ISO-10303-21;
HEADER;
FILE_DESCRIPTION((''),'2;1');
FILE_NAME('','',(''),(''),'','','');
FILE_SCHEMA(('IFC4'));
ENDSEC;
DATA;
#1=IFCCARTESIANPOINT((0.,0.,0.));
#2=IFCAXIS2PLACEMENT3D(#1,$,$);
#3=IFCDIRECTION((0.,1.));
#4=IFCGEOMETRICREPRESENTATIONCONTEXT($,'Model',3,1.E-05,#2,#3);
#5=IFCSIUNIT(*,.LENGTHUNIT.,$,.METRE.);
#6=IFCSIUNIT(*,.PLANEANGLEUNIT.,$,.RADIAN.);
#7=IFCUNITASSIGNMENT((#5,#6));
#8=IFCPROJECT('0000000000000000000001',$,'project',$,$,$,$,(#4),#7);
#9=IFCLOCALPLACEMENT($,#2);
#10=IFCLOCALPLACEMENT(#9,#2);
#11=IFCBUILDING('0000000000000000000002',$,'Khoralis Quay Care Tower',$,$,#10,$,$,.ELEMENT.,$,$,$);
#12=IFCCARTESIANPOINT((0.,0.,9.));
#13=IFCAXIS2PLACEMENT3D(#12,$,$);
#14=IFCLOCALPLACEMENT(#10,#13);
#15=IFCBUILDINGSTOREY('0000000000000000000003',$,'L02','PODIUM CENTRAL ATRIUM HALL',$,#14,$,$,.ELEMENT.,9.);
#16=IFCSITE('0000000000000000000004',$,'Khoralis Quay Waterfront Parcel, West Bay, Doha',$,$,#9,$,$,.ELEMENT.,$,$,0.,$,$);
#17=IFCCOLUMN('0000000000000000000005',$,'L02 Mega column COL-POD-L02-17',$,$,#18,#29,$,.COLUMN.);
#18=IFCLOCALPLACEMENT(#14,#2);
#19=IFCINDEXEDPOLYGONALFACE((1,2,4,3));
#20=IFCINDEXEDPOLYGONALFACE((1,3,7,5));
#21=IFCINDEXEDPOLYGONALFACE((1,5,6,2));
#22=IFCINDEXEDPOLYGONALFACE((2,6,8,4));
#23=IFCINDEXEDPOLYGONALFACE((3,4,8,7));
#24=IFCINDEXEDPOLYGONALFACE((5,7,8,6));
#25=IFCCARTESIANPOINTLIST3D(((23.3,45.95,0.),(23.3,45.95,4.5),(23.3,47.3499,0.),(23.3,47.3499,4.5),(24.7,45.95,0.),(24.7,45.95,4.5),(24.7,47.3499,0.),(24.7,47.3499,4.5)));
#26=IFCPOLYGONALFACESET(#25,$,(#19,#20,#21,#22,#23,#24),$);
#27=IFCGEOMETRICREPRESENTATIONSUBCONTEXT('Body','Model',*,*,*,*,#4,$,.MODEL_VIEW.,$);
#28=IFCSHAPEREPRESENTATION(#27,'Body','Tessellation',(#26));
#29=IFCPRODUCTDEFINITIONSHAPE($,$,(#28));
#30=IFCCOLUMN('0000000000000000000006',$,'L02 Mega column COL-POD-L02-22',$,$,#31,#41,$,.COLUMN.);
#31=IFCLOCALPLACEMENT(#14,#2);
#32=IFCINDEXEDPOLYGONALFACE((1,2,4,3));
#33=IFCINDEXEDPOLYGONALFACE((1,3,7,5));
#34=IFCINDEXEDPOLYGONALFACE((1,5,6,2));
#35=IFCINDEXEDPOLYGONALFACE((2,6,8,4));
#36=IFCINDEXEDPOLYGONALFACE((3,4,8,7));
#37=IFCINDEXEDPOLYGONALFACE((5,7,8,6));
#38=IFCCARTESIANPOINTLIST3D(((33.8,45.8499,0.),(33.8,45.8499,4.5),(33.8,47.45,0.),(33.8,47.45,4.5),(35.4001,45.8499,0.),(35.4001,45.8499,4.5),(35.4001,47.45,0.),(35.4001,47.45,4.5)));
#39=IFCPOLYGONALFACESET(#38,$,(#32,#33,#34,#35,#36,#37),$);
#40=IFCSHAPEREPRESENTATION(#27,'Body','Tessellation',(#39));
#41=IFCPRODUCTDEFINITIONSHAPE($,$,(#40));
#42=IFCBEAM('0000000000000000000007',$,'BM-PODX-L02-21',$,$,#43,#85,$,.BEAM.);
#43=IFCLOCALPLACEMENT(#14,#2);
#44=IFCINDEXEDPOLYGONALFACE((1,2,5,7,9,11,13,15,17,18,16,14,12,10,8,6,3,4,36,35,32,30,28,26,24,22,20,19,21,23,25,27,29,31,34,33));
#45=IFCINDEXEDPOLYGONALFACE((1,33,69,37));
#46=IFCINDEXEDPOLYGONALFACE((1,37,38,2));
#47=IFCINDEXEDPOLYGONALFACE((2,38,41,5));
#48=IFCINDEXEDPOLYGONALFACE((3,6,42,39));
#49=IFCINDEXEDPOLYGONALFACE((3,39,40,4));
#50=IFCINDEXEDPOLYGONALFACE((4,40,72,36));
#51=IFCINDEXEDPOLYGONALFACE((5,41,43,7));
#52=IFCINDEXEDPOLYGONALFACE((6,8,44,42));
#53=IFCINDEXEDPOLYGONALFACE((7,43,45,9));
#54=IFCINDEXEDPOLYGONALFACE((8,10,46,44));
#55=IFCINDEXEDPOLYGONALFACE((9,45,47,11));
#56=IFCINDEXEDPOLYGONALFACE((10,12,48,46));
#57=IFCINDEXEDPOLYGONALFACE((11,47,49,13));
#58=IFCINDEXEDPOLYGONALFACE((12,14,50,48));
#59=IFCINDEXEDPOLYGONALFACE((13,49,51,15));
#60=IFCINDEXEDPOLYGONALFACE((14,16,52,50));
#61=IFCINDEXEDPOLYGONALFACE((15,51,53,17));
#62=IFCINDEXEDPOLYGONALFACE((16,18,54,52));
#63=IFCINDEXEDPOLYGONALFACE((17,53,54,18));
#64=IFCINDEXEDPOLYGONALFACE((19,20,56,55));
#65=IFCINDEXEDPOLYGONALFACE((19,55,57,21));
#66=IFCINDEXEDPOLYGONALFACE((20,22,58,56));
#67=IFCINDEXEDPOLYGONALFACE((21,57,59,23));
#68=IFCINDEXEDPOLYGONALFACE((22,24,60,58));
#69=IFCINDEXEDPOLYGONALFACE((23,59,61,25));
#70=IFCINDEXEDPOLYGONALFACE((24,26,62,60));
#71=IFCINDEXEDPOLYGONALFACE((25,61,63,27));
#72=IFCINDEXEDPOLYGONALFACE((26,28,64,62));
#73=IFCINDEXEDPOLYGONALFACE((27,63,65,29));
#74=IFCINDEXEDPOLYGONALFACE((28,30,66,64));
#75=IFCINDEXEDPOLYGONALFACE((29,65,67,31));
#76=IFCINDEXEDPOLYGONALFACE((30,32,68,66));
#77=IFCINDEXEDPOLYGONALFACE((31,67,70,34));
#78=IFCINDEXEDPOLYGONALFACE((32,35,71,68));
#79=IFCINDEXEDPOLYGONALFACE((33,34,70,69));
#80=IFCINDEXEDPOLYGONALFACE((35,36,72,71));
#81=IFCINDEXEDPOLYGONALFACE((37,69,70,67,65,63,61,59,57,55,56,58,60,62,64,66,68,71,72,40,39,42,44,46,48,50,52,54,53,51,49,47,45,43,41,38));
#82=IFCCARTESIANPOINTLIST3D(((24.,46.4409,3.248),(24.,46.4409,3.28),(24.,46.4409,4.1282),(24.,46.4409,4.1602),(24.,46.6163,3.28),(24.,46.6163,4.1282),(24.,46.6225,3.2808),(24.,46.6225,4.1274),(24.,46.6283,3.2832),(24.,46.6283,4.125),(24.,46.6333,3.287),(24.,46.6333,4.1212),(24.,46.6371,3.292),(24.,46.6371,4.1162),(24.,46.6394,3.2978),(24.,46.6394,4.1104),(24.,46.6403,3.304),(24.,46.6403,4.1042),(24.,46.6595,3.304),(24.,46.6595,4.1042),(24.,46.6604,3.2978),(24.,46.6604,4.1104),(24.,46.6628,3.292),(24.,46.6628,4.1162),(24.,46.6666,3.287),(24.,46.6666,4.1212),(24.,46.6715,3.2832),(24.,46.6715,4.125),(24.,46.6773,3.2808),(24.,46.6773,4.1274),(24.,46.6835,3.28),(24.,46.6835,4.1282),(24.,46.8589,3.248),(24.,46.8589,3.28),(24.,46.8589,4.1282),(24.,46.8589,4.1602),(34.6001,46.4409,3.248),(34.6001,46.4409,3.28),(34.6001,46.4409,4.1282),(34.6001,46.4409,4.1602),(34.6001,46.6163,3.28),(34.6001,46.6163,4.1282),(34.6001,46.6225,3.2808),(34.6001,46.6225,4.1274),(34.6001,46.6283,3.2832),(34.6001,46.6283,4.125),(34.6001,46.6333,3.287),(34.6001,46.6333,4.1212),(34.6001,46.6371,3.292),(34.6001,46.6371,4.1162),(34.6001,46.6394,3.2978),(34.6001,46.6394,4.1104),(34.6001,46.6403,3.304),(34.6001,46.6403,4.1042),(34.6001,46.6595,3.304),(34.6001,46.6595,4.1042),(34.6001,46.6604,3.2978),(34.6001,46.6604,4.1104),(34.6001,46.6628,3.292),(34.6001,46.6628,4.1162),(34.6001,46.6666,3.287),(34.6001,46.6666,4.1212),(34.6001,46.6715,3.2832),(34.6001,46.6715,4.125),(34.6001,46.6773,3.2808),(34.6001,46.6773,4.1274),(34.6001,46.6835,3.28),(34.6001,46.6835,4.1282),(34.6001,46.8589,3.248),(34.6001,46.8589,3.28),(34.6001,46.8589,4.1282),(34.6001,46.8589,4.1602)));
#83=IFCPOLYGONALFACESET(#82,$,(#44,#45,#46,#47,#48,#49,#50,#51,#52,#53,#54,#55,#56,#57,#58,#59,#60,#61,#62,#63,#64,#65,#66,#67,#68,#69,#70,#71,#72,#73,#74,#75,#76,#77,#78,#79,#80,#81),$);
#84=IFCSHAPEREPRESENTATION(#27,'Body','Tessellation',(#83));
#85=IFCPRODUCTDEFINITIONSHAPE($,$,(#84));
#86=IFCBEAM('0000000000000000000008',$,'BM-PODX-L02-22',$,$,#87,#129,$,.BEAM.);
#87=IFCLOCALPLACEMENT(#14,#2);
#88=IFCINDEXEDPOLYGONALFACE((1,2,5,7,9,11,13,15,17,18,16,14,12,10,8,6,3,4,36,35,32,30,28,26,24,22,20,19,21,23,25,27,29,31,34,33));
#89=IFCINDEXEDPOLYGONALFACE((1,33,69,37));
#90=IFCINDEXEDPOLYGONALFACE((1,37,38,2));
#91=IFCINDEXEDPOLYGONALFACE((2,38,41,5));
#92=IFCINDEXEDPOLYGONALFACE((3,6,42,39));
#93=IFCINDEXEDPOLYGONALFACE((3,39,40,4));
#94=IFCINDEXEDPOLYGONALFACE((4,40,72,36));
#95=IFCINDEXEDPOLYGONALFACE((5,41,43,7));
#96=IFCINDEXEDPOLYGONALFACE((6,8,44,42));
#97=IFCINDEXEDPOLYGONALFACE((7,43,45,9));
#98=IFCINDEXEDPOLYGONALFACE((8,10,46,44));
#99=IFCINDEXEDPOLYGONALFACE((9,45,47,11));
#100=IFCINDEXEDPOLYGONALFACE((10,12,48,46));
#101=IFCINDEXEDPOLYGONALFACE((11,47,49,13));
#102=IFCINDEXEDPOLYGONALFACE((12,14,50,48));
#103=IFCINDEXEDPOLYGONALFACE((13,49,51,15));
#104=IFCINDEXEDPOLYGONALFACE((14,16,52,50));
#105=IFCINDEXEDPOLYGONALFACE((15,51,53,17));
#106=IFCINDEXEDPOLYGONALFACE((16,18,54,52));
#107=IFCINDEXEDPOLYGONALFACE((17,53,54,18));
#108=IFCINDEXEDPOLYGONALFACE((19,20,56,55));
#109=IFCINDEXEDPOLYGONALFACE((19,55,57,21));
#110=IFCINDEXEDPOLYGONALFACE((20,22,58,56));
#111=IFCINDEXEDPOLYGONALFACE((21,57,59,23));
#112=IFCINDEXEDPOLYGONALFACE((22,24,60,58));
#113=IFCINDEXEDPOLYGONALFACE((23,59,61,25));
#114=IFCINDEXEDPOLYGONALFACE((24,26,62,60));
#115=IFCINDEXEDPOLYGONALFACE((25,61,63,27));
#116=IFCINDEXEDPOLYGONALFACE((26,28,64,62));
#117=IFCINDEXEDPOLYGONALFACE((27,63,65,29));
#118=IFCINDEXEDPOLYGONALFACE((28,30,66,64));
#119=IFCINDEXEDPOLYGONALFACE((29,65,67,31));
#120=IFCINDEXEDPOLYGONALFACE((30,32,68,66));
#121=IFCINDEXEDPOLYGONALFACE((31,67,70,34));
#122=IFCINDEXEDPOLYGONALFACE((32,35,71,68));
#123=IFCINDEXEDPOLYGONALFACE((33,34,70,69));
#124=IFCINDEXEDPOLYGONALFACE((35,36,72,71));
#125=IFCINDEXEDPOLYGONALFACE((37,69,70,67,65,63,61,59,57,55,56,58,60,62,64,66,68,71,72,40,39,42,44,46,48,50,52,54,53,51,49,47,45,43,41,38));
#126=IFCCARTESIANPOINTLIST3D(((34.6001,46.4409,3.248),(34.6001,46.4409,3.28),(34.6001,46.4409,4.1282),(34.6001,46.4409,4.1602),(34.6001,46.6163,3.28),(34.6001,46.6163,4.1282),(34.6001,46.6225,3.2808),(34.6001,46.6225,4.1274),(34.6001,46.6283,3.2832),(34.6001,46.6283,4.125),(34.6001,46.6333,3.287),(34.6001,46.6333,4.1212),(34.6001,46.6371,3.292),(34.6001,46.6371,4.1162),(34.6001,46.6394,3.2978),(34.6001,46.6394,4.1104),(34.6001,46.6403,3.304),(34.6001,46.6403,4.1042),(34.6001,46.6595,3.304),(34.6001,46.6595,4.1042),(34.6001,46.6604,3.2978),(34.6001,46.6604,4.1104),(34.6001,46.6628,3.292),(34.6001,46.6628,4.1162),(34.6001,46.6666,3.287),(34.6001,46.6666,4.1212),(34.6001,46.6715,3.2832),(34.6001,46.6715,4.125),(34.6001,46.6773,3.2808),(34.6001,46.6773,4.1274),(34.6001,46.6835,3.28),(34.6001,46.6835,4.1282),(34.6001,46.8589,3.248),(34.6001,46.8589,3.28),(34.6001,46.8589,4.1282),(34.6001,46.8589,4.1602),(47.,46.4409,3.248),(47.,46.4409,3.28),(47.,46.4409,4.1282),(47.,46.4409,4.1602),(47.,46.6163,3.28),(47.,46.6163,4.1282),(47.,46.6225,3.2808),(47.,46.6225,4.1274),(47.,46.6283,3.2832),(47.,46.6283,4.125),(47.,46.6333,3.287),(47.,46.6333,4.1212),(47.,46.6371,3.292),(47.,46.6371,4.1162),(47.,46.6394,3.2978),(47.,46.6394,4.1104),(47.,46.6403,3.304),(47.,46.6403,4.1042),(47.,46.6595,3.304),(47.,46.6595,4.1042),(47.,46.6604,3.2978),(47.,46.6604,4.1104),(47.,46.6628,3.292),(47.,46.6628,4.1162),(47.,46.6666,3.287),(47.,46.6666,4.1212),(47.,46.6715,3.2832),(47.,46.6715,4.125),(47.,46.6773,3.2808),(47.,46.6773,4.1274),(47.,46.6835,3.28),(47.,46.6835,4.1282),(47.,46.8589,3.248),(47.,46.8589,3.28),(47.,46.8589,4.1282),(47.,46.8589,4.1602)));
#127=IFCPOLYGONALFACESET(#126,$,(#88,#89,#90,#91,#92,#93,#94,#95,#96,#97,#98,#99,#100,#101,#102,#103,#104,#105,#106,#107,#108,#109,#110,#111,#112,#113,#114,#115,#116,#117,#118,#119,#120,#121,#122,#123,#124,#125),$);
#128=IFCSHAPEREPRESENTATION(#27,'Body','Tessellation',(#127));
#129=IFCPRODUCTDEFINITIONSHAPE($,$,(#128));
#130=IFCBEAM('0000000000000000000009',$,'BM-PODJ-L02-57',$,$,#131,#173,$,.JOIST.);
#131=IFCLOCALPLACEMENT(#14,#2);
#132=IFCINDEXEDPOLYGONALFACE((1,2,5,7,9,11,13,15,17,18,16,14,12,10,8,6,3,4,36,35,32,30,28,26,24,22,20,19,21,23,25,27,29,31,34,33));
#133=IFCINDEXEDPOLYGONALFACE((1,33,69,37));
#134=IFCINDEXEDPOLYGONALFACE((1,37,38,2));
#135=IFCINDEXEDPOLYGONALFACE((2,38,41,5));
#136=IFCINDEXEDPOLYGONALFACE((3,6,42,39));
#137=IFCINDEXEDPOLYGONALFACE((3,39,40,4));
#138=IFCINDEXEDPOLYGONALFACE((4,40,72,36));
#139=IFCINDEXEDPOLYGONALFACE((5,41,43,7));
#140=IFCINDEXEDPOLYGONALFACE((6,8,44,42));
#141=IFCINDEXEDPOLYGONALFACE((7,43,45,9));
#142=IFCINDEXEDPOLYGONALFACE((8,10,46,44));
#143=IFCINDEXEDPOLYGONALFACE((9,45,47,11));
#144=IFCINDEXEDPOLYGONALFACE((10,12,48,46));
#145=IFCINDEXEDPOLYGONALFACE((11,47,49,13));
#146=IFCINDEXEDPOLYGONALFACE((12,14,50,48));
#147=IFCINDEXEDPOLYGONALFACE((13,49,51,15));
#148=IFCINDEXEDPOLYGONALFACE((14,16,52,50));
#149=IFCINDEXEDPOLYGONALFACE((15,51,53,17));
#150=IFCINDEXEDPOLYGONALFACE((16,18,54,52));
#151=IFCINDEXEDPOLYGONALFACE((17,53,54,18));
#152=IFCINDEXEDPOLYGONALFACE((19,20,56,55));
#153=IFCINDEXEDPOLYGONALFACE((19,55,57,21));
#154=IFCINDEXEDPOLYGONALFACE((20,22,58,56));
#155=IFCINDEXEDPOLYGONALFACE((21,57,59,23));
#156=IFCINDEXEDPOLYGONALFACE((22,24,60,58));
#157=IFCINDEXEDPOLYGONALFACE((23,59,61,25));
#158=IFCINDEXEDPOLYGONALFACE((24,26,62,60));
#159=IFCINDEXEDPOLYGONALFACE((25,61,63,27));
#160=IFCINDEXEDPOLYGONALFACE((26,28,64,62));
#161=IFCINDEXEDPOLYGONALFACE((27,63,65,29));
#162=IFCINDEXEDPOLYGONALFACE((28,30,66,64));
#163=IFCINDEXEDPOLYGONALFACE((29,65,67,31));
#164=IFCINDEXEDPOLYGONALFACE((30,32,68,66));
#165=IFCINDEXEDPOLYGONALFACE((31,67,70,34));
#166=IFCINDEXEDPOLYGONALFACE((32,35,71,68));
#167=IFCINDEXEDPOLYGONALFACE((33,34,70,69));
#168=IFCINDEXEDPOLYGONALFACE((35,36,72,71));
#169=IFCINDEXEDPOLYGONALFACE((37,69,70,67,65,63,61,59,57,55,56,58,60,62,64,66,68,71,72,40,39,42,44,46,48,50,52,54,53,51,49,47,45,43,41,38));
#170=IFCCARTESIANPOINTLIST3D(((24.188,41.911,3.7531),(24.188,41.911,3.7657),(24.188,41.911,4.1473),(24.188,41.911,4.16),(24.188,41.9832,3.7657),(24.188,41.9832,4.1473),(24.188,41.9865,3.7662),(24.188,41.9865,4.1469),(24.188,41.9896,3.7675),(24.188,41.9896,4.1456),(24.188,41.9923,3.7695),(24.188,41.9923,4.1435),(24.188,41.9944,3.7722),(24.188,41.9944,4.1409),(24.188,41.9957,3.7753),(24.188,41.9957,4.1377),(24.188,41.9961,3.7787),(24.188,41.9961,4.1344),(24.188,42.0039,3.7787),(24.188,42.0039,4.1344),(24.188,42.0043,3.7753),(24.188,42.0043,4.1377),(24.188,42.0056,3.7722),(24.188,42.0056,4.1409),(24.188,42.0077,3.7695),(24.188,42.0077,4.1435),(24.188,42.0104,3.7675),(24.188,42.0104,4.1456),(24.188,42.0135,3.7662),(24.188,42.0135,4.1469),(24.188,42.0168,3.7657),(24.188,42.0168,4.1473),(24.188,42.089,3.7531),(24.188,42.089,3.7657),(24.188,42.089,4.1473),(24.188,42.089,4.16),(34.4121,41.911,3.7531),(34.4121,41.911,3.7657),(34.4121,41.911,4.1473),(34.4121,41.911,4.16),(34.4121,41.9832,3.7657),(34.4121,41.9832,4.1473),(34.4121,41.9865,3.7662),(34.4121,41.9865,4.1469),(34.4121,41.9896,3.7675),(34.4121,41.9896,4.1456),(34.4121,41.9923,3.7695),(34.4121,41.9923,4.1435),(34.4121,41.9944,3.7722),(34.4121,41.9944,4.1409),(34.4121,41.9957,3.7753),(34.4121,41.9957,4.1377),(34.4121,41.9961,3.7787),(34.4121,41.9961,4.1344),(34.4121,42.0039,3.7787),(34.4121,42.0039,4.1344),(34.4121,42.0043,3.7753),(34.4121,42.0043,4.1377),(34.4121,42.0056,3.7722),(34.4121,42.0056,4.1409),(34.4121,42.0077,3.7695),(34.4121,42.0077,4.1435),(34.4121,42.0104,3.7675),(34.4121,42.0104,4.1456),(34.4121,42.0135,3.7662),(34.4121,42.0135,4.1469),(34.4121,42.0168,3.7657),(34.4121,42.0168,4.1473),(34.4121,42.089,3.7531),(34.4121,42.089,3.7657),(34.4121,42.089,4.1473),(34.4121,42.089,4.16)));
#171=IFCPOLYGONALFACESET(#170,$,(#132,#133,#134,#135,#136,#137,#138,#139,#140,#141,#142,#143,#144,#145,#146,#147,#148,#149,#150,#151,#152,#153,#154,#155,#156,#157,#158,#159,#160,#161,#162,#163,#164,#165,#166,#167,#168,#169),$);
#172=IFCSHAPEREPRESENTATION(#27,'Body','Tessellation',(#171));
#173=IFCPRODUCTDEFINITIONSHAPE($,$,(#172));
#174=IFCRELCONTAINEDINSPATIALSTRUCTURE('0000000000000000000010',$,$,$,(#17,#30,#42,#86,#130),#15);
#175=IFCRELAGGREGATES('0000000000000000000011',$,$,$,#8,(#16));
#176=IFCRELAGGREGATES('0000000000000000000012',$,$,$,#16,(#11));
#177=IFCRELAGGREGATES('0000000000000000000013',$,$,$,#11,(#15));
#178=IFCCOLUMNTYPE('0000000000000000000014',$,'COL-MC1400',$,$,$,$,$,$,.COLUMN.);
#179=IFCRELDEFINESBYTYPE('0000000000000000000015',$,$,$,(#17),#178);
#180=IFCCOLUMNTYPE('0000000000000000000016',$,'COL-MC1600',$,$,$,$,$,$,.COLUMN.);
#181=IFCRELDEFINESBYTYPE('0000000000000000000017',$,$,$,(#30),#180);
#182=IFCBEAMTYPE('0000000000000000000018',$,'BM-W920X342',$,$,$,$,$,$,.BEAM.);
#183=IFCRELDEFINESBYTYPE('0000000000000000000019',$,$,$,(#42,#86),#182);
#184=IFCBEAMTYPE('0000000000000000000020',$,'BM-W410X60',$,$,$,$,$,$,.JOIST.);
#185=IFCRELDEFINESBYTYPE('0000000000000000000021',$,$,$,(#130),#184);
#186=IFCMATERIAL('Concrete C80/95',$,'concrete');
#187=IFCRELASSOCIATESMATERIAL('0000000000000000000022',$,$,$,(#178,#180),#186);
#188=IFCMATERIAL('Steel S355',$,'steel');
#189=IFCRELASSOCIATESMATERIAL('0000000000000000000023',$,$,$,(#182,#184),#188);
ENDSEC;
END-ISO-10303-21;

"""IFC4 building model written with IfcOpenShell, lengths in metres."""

from ifc_helpers import new_model, si_unit, direction, frame, origin, origin_2d, place, context, subcontext, project, spatial, rectangle, i_section, extrude, source, transform, mapped, material, material_profile, profile_set, type_object, element, save


model = new_model("IFC4")

# Units and contexts
model_context = context("Model", 3, precision=1e-05, world=origin(), true_north=direction((0.0, 1.0)))
body_context = subcontext(model_context, "Body", "Model", "MODEL_VIEW")
ifc_project = project(units=[si_unit("LENGTHUNIT", "METRE"), si_unit("PLANEANGLEUNIT", "RADIAN")], contexts=[model_context])

# Site, building, storey
site_placement = place(None, origin())
site = spatial("IfcSite", under=ifc_project, at=site_placement, Name="Khoralis Quay Waterfront Parcel, West Bay, Doha", CompositionType="ELEMENT", RefElevation=0.0)
building_placement = place(site_placement, origin())
building = spatial("IfcBuilding", under=site, at=building_placement, Name="Khoralis Quay Care Tower", CompositionType="ELEMENT")
storey_placement = place(building_placement, frame((0.0, 0.0, 9.0)))
storey = spatial("IfcBuildingStorey", under=building, at=storey_placement, Name="L02", Description="PODIUM CENTRAL ATRIUM HALL", CompositionType="ELEMENT", Elevation=9.0)

# Columns
ifc_material_1 = material(Name="Concrete C80/95", Category="concrete")
ifc_material_profile_1 = material_profile(ifc_material_1, rectangle(XDim=1.3999, YDim=1.3999, at=origin_2d()), Name="Concrete C80/95")
ifc_profile_set_1 = profile_set([ifc_material_profile_1], Name="Concrete C80/95")
column_type_1 = type_object("IfcColumnType", Name="COL-MC1400", PredefinedType="COLUMN", material=ifc_profile_set_1)
shared_shape_1 = source(origin(), body_context, "Body", "SweptSolid", [
    extrude(rectangle(XDim=1.3999, YDim=1.3999, at=origin_2d()), origin(), (0.0, 0.0, 1.0), 4.5),
])
column_1_placement = place(storey_placement, frame((24.0, 46.6499, 0.0), z_axis=(0.0, 0.0, 1.0), x_axis=(1.0, 0.0, 0.0)))
element("IfcColumn", 1, at=column_1_placement, inside=storey, type_object=column_type_1, Name="L02 Mega column COL-POD-L02-17", PredefinedType="COLUMN", context=body_context, shape_type="MappedRepresentation", body=[
    mapped(shared_shape_1, transform((0.0, 0.0, 0.0), scale=1.0)),
])
ifc_material_profile_2 = material_profile(ifc_material_1, rectangle(XDim=1.6001, YDim=1.6001, at=origin_2d()), Name="Concrete C80/95")
ifc_profile_set_2 = profile_set([ifc_material_profile_2], Name="Concrete C80/95")
column_type_2 = type_object("IfcColumnType", Name="COL-MC1600", PredefinedType="COLUMN", material=ifc_profile_set_2)
shared_shape_2 = source(origin(), body_context, "Body", "SweptSolid", [
    extrude(rectangle(XDim=1.6001, YDim=1.6001, at=origin_2d()), origin(), (0.0, 0.0, 1.0), 4.5),
])
column_2_placement = place(storey_placement, frame((34.6001, 46.6499, 0.0), z_axis=(0.0, 0.0, 1.0), x_axis=(1.0, 0.0, 0.0)))
element("IfcColumn", 2, at=column_2_placement, inside=storey, type_object=column_type_2, Name="L02 Mega column COL-POD-L02-22", PredefinedType="COLUMN", context=body_context, shape_type="MappedRepresentation", body=[
    mapped(shared_shape_2, transform((0.0, 0.0, 0.0), scale=1.0)),
])

# Beams
ifc_material_2 = material(Name="Steel S355", Category="steel")
ifc_material_profile_3 = material_profile(ifc_material_2, i_section(OverallWidth=0.418, OverallDepth=0.9121, WebThickness=0.0193, FlangeThickness=0.032, FilletRadius=0.0239, at=origin_2d()), Name="Steel S355")
ifc_profile_set_3 = profile_set([ifc_material_profile_3], Name="Steel S355")
beam_type_1 = type_object("IfcBeamType", Name="BM-W920X342", PredefinedType="BEAM", material=ifc_profile_set_3)
shared_shape_3 = source(origin(), body_context, "Body", "SweptSolid", [
    extrude(i_section(OverallWidth=0.418, OverallDepth=0.9121, WebThickness=0.0193, FlangeThickness=0.032, FilletRadius=0.0239, at=origin_2d()), origin(), (0.0, 0.0, 1.0), 10.6001),
])
beam_1_placement = place(storey_placement, frame((24.0, 46.6499, 3.7041), z_axis=(1.0, 0.0, 0.0), x_axis=(0.0, 1.0, 0.0)))
element("IfcBeam", 3, at=beam_1_placement, inside=storey, type_object=beam_type_1, Name="BM-PODX-L02-21", PredefinedType="BEAM", context=body_context, shape_type="MappedRepresentation", body=[
    mapped(shared_shape_3, transform((0.0, 0.0, 0.0), scale=1.0)),
])
shared_shape_4 = source(origin(), body_context, "Body", "SweptSolid", [
    extrude(i_section(OverallWidth=0.418, OverallDepth=0.9121, WebThickness=0.0193, FlangeThickness=0.032, FilletRadius=0.0239, at=origin_2d()), origin(), (0.0, 0.0, 1.0), 12.3999),
])
beam_2_placement = place(storey_placement, frame((34.6001, 46.6499, 3.7041), z_axis=(1.0, 0.0, 0.0), x_axis=(0.0, 1.0, 0.0)))
element("IfcBeam", 4, at=beam_2_placement, inside=storey, type_object=beam_type_1, Name="BM-PODX-L02-22", PredefinedType="BEAM", context=body_context, shape_type="MappedRepresentation", body=[
    mapped(shared_shape_4, transform((0.0, 0.0, 0.0), scale=1.0)),
])
ifc_material_profile_4 = material_profile(ifc_material_2, i_section(OverallWidth=0.178, OverallDepth=0.407, WebThickness=0.0078, FlangeThickness=0.0127, FilletRadius=0.0129, at=origin_2d()), Name="Steel S355")
ifc_profile_set_4 = profile_set([ifc_material_profile_4], Name="Steel S355")
beam_type_2 = type_object("IfcBeamType", Name="BM-W410X60", PredefinedType="JOIST", material=ifc_profile_set_4)
shared_shape_5 = source(origin(), body_context, "Body", "SweptSolid", [
    extrude(i_section(OverallWidth=0.178, OverallDepth=0.407, WebThickness=0.0078, FlangeThickness=0.0127, FilletRadius=0.0129, at=origin_2d()), origin(), (0.0, 0.0, 1.0), 10.2241),
])
beam_3_placement = place(storey_placement, frame((24.188, 42.0, 3.9565), z_axis=(1.0, 0.0, 0.0), x_axis=(0.0, 1.0, 0.0)))
element("IfcBeam", 5, at=beam_3_placement, inside=storey, type_object=beam_type_2, Name="BM-PODJ-L02-57", PredefinedType="JOIST", context=body_context, shape_type="MappedRepresentation", body=[
    mapped(shared_shape_5, transform((0.0, 0.0, 0.0), scale=1.0)),
])

save(model, "model.ifc")
